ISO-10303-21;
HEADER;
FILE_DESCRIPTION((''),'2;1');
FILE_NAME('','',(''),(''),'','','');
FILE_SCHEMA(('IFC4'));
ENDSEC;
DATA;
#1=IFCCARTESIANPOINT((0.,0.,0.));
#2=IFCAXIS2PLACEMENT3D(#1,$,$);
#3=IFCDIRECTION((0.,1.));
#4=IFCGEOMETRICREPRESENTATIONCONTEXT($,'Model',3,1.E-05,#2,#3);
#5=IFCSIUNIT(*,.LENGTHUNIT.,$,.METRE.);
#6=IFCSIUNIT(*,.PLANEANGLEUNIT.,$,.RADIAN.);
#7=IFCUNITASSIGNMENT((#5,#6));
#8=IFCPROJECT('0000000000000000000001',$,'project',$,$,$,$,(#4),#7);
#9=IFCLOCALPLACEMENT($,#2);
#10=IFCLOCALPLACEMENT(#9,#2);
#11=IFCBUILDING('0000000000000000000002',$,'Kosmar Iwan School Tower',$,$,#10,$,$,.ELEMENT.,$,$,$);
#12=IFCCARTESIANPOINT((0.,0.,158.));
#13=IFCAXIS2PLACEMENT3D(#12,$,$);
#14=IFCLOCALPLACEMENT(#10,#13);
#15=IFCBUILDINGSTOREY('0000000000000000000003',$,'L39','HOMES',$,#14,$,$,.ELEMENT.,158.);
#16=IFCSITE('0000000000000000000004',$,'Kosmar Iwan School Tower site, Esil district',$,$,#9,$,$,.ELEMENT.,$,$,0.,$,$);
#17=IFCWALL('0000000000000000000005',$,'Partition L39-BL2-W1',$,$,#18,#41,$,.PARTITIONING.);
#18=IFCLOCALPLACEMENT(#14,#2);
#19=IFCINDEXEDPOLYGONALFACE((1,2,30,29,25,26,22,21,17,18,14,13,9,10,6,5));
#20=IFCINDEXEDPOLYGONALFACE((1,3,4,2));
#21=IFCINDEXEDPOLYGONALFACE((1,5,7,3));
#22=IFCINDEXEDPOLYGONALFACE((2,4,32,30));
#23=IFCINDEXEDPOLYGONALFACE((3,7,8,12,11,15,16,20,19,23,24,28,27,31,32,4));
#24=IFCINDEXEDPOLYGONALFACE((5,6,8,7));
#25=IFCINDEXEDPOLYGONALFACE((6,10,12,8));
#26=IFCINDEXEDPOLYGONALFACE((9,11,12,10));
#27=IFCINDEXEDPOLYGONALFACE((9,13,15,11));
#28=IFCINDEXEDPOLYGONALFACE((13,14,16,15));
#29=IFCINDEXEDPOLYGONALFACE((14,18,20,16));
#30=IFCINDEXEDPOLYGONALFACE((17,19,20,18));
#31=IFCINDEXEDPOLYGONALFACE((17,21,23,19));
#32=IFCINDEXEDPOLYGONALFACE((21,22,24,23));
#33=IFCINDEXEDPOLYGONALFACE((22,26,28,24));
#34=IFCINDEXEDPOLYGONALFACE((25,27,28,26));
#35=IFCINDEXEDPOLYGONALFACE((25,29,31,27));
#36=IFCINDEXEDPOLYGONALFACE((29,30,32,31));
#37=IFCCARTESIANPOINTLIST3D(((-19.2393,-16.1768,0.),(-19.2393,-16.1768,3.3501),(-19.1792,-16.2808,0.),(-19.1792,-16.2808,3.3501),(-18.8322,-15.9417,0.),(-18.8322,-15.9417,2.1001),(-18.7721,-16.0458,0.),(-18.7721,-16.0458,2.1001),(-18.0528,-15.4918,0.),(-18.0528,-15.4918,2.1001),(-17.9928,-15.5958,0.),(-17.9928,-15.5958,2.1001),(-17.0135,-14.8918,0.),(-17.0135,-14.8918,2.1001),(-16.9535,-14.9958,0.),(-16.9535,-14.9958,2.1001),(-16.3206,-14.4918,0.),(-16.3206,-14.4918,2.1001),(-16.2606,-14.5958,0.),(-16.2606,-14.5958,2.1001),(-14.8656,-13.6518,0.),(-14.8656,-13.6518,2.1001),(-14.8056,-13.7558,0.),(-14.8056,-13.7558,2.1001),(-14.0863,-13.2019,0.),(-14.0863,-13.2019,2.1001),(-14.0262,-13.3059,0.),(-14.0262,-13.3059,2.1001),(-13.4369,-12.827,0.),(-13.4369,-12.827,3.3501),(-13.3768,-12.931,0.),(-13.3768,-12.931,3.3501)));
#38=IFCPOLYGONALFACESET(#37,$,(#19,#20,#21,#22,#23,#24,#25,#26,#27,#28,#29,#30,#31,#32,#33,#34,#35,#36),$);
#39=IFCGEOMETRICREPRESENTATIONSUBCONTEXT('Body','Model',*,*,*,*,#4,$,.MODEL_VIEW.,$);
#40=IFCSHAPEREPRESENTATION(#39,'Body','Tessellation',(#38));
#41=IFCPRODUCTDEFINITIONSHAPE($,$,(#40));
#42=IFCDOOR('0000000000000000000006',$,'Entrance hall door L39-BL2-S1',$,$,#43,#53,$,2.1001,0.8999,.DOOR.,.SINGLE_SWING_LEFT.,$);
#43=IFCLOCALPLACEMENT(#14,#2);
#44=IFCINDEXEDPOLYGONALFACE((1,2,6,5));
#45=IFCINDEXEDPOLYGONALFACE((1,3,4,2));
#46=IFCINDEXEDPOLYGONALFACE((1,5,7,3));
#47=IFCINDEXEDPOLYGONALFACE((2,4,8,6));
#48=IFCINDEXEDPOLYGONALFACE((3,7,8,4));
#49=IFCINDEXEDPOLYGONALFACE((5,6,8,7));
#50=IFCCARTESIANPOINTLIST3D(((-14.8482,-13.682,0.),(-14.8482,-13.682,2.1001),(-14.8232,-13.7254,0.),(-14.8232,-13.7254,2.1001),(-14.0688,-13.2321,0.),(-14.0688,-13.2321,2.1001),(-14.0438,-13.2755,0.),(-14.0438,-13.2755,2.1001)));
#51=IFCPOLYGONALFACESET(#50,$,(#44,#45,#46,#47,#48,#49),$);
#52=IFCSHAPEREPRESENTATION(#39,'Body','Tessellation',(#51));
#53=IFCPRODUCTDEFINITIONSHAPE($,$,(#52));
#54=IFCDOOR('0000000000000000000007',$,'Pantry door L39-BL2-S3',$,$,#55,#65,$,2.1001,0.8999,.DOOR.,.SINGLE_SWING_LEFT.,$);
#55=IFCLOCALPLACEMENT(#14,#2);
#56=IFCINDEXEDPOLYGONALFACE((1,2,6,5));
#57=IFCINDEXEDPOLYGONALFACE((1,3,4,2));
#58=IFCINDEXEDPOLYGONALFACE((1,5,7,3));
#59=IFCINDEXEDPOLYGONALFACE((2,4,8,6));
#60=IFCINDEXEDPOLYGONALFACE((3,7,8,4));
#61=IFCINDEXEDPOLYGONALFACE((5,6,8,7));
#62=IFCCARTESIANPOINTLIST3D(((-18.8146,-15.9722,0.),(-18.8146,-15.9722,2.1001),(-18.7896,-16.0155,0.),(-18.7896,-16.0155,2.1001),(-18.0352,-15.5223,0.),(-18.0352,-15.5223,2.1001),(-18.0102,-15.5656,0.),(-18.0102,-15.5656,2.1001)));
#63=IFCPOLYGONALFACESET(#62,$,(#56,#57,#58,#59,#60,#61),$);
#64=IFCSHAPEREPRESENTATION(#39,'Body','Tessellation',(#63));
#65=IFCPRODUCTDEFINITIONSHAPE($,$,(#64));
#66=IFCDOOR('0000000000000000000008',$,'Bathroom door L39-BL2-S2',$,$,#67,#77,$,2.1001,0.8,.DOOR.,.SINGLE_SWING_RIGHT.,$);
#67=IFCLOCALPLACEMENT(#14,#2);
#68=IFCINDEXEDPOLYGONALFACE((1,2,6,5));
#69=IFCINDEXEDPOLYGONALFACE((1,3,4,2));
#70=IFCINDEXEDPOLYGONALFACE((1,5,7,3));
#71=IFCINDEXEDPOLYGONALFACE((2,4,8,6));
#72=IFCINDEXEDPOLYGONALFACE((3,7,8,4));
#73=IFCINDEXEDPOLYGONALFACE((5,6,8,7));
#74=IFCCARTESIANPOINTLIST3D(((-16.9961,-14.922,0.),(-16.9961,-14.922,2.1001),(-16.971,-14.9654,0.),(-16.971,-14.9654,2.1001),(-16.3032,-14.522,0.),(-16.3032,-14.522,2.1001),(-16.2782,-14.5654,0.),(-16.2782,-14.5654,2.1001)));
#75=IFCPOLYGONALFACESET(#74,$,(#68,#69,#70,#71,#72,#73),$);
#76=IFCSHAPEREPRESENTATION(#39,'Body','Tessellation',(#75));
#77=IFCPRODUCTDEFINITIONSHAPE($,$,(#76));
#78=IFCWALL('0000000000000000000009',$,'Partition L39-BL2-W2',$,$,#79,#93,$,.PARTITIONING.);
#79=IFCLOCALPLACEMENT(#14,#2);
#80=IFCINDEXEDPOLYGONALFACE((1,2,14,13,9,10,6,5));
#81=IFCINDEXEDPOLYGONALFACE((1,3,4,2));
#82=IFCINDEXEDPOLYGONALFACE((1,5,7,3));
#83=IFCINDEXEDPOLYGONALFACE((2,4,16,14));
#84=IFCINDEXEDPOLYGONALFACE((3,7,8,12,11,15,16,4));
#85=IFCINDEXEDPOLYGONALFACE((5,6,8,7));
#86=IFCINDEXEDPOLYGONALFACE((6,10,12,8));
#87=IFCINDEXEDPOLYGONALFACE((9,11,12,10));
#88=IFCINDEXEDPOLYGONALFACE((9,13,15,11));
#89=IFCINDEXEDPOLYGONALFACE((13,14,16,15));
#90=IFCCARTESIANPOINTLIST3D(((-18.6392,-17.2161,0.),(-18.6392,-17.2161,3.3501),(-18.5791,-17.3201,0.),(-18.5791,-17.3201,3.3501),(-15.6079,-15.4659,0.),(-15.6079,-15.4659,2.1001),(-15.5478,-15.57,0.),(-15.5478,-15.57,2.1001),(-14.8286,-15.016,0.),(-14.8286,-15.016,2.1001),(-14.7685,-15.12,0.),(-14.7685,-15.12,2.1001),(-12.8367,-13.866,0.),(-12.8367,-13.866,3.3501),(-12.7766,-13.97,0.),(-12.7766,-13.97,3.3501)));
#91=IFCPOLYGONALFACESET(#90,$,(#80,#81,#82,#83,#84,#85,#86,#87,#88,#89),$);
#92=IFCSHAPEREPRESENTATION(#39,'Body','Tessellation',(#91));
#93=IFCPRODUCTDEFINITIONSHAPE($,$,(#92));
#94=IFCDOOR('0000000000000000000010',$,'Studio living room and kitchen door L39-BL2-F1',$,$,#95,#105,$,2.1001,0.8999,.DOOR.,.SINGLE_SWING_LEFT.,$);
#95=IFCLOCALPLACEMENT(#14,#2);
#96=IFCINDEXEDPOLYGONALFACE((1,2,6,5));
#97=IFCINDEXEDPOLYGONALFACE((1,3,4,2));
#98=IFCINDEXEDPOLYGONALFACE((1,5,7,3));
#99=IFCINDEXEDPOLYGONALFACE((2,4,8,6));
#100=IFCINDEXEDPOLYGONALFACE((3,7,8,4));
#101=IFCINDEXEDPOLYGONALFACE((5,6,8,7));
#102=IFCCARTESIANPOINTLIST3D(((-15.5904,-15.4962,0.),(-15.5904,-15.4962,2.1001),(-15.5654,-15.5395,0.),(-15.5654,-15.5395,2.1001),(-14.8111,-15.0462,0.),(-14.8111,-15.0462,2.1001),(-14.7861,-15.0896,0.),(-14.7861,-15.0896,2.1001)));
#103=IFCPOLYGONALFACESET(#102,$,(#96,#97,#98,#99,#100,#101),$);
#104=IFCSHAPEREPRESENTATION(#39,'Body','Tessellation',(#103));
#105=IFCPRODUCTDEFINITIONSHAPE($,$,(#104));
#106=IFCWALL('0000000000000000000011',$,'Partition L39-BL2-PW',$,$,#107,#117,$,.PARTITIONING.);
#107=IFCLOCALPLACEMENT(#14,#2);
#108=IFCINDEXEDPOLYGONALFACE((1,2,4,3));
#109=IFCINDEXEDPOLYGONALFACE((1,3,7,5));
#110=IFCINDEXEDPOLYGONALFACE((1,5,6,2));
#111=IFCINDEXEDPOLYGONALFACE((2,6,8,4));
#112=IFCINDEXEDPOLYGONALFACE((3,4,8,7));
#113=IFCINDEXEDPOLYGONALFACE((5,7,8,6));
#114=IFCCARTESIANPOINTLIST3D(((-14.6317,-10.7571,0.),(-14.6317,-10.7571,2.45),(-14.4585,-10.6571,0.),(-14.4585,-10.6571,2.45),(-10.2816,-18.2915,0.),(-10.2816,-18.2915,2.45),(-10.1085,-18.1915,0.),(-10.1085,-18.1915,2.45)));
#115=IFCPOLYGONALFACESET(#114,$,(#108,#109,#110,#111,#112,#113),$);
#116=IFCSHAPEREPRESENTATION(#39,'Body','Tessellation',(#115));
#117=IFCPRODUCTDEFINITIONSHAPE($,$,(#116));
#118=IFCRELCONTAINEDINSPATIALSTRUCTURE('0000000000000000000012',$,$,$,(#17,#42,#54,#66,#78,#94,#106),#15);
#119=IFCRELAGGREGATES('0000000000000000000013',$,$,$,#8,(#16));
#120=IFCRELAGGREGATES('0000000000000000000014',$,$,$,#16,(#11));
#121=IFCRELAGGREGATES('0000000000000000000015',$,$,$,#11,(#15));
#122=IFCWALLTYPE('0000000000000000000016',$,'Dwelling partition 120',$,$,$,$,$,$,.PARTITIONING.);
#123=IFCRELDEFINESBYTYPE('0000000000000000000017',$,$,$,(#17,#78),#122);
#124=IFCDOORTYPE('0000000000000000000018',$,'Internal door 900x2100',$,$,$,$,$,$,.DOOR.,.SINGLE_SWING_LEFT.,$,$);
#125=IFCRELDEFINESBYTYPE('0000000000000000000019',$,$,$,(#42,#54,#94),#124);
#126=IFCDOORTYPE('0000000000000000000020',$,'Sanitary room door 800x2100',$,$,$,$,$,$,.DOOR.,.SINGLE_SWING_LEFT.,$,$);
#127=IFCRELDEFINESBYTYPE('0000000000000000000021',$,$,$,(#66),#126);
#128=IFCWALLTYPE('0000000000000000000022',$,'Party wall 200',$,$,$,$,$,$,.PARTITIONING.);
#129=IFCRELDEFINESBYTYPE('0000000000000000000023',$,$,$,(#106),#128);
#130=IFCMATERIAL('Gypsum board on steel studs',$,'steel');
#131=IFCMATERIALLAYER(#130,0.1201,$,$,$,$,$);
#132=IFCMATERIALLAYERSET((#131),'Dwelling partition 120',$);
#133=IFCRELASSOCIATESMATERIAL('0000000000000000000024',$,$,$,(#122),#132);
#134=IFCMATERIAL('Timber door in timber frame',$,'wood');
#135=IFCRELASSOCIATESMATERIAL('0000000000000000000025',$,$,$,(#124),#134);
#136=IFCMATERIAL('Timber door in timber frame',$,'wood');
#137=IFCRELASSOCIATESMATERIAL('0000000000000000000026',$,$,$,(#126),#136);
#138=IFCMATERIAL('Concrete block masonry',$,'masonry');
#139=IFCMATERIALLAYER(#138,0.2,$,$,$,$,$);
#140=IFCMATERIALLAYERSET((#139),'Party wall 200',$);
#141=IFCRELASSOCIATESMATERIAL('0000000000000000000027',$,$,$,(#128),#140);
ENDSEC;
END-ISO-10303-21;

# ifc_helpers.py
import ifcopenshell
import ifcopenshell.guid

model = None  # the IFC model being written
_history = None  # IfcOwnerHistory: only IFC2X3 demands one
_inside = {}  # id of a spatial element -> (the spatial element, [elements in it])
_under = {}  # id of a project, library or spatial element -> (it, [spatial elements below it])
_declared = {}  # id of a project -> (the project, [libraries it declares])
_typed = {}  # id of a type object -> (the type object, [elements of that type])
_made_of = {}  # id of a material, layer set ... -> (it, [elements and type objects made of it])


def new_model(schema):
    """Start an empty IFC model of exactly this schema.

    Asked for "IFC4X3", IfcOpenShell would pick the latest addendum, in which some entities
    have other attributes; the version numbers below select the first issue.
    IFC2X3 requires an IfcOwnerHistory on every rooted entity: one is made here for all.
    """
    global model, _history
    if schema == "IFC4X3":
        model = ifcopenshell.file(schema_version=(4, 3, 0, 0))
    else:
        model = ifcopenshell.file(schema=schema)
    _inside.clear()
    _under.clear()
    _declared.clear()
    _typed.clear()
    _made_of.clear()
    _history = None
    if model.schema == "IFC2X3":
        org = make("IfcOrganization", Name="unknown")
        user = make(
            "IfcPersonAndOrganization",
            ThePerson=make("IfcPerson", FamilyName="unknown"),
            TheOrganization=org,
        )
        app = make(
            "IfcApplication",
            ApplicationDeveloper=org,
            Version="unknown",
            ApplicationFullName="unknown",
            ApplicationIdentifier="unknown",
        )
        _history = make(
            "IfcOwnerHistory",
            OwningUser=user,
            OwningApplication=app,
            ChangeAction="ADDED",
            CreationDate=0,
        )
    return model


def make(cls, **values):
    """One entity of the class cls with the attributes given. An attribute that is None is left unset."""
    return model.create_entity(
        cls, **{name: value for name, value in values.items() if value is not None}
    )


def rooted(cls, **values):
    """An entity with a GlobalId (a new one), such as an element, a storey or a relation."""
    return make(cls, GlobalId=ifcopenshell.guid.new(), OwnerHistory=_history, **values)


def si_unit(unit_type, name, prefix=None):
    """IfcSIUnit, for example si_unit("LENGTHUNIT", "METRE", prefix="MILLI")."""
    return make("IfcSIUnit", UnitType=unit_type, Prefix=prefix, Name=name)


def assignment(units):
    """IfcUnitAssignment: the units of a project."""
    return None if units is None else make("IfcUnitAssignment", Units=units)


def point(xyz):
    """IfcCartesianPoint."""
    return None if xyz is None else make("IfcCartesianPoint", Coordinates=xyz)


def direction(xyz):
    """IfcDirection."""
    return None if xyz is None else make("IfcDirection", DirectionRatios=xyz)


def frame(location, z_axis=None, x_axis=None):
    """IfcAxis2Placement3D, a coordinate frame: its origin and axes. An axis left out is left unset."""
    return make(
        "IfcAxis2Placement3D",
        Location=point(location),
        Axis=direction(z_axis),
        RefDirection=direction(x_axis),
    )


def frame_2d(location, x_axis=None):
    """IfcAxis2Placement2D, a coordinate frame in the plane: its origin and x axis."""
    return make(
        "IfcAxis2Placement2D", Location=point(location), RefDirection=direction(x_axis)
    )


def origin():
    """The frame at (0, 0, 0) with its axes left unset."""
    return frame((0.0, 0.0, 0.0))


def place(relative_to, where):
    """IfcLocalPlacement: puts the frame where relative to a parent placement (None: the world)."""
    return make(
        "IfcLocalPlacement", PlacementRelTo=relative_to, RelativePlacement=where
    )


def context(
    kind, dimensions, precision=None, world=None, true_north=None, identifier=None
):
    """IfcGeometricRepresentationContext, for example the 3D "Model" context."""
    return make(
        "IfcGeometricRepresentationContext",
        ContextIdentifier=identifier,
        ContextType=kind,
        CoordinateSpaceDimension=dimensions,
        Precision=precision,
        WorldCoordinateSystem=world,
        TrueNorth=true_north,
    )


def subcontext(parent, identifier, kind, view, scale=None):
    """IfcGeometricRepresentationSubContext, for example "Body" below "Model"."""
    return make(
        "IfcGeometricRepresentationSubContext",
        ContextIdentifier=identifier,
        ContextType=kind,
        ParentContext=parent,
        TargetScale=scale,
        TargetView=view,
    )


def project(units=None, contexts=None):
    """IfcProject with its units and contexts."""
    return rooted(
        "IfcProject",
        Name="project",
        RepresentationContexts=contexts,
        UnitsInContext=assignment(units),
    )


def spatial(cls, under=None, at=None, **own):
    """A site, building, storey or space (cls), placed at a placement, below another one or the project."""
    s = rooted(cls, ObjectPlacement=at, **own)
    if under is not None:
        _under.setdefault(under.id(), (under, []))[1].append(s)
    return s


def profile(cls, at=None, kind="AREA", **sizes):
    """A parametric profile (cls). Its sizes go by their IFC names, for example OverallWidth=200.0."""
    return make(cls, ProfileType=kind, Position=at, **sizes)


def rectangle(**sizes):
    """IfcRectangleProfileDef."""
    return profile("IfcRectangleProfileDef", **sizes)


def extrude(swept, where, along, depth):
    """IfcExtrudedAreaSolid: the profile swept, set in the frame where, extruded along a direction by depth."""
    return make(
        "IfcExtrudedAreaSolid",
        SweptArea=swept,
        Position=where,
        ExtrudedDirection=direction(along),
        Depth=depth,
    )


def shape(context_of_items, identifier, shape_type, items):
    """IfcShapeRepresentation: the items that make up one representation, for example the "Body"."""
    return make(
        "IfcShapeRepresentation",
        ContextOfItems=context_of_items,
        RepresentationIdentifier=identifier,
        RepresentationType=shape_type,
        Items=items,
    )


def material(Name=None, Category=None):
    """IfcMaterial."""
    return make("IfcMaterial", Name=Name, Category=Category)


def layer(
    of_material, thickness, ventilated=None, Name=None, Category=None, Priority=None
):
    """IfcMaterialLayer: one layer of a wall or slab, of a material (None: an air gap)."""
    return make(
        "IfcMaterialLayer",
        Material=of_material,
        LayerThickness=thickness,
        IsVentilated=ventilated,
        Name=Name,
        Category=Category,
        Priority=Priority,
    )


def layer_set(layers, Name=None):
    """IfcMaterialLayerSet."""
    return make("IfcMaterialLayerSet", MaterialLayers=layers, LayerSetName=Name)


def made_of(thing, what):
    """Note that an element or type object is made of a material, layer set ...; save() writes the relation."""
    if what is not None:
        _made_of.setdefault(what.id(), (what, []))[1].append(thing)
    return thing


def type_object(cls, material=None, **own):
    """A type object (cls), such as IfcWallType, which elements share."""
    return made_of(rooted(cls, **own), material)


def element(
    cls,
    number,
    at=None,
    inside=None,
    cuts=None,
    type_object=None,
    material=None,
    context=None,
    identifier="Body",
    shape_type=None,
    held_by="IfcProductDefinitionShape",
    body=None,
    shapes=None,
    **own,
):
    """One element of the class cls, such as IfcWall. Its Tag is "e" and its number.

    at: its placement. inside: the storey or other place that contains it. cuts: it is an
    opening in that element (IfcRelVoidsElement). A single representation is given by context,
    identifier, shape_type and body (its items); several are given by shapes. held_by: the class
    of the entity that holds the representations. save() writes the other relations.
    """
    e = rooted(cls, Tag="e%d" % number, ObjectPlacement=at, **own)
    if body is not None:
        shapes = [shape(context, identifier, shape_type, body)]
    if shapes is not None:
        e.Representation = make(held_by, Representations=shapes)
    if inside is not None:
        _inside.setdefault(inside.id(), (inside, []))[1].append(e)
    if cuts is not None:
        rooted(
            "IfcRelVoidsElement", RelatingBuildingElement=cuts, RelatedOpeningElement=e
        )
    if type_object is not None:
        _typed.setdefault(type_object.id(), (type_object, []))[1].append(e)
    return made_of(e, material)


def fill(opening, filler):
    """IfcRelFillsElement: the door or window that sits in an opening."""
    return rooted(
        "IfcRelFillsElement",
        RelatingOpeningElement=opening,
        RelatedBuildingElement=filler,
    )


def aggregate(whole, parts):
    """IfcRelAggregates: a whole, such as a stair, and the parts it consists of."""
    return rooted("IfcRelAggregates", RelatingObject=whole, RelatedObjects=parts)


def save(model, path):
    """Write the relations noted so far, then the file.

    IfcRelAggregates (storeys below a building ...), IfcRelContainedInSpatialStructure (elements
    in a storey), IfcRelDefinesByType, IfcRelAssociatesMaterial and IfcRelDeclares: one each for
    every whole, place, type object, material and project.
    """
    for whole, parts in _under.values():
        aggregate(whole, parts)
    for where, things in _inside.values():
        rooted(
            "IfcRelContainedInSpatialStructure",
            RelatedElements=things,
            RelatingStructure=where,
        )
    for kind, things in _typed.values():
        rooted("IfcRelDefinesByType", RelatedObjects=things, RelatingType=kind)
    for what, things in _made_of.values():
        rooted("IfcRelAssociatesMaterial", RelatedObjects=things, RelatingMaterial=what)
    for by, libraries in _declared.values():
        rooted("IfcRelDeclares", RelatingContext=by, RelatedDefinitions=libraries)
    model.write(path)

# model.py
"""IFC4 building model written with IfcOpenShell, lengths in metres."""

from ifc_helpers import new_model, si_unit, direction, frame, frame_2d, origin, place, context, subcontext, project, spatial, rectangle, extrude, material, layer, layer_set, type_object, element, fill, save


model = new_model("IFC4")

# Units and contexts
model_context = context("Model", 3, precision=1e-05, world=origin(), true_north=direction((0.0, 1.0)))
body_context = subcontext(model_context, "Body", "Model", "MODEL_VIEW")
ifc_project = project(units=[si_unit("LENGTHUNIT", "METRE"), si_unit("PLANEANGLEUNIT", "RADIAN")], contexts=[model_context])

# Site, building, storey
site_placement = place(None, origin())
site = spatial("IfcSite", under=ifc_project, at=site_placement, Name="Kosmar Iwan School Tower site, Esil district", CompositionType="ELEMENT", RefElevation=0.0)
building_placement = place(site_placement, origin())
building = spatial("IfcBuilding", under=site, at=building_placement, Name="Kosmar Iwan School Tower", CompositionType="ELEMENT")
storey_placement = place(building_placement, frame((0.0, 0.0, 158.0)))
storey = spatial("IfcBuildingStorey", under=building, at=storey_placement, Name="L39", Description="HOMES", CompositionType="ELEMENT", Elevation=158.0)

# Shared definitions
ifc_material_1 = material(Name="Gypsum board on steel studs", Category="steel")
ifc_layer_1 = layer(ifc_material_1, 0.1201)
ifc_layer_set_1 = layer_set([ifc_layer_1], Name="Dwelling partition 120")
wall_type_1 = type_object("IfcWallType", Name="Dwelling partition 120", PredefinedType="PARTITIONING", material=ifc_layer_set_1)

# Wall, openings, doors
wall_1_placement = place(storey_placement, frame((-13.4067, -12.8789, 0.0), z_axis=(0.0, 0.0, 1.0), x_axis=(-0.866039, -0.499976, 0.0)))
wall_1 = element("IfcWall", 1, at=wall_1_placement, inside=storey, type_object=wall_type_1, Name="Partition L39-BL2-W1", PredefinedType="PARTITIONING", context=body_context, shape_type="SweptSolid", body=[
    extrude(rectangle(XDim=6.7, YDim=0.1201, at=frame_2d((3.3501, 0.0))), origin(), (0.0, 0.0, 1.0), 3.3501),
])
opening_1_placement = place(wall_1_placement, frame((0.75, 0.0, 0.0)))
opening_1 = element("IfcOpeningElement", 2, at=opening_1_placement, cuts=wall_1, PredefinedType="OPENING", context=body_context, shape_type="SweptSolid", body=[
    extrude(rectangle(XDim=0.8999, YDim=2.1001, at=frame_2d((0.45, 1.05))), frame((0.0, 0.072, 0.0), z_axis=(0.0, -1.0, 0.0), x_axis=(1.0, 0.0, 0.0)), (0.0, 0.0, 1.0), 0.144),
])
opening_2_placement = place(wall_1_placement, frame((3.3301, 0.0, 0.0)))
opening_2 = element("IfcOpeningElement", 3, at=opening_2_placement, cuts=wall_1, PredefinedType="OPENING", context=body_context, shape_type="SweptSolid", body=[
    extrude(rectangle(XDim=0.8, YDim=2.1001, at=frame_2d((0.3999, 1.05))), frame((0.0, 0.072, 0.0), z_axis=(0.0, -1.0, 0.0), x_axis=(1.0, 0.0, 0.0)), (0.0, 0.0, 1.0), 0.144),
])
opening_3_placement = place(wall_1_placement, frame((5.3301, 0.0, 0.0)))
opening_3 = element("IfcOpeningElement", 4, at=opening_3_placement, cuts=wall_1, PredefinedType="OPENING", context=body_context, shape_type="SweptSolid", body=[
    extrude(rectangle(XDim=0.8999, YDim=2.1001, at=frame_2d((0.45, 1.05))), frame((0.0, 0.072, 0.0), z_axis=(0.0, -1.0, 0.0), x_axis=(1.0, 0.0, 0.0)), (0.0, 0.0, 1.0), 0.144),
])
ifc_material_2 = material(Name="Timber door in timber frame", Category="wood")
door_type_1 = type_object("IfcDoorType", Name="Internal door 900x2100", OperationType="SINGLE_SWING_LEFT", PredefinedType="DOOR", material=ifc_material_2)
door_1_placement = place(opening_1_placement, origin())
door_1 = element("IfcDoor", 5, at=door_1_placement, inside=storey, type_object=door_type_1, Name="Entrance hall door L39-BL2-S1", OperationType="SINGLE_SWING_LEFT", OverallHeight=2.1001, OverallWidth=0.8999, PredefinedType="DOOR", context=body_context, shape_type="SweptSolid", body=[
    extrude(rectangle(XDim=0.8999, YDim=2.1001, at=frame_2d((0.45, 1.05))), frame((0.0, 0.0249, 0.0), z_axis=(0.0, -1.0, 0.0), x_axis=(1.0, 0.0, 0.0)), (0.0, 0.0, 1.0), 0.05),
])
fill(opening_1, door_1)
door_2_placement = place(opening_3_placement, frame((0.8999, 0.0, 0.0), z_axis=(0.0, 0.0, 1.0), x_axis=(-1.0, 0.0, 0.0)))
door_2 = element("IfcDoor", 6, at=door_2_placement, inside=storey, type_object=door_type_1, Name="Pantry door L39-BL2-S3", OperationType="SINGLE_SWING_LEFT", OverallHeight=2.1001, OverallWidth=0.8999, PredefinedType="DOOR", context=body_context, shape_type="SweptSolid", body=[
    extrude(rectangle(XDim=0.8999, YDim=2.1001, at=frame_2d((0.45, 1.05))), frame((0.0, 0.0249, 0.0), z_axis=(0.0, -1.0, 0.0), x_axis=(1.0, 0.0, 0.0)), (0.0, 0.0, 1.0), 0.05),
])
fill(opening_3, door_2)
ifc_material_3 = material(Name="Timber door in timber frame", Category="wood")
door_type_2 = type_object("IfcDoorType", Name="Sanitary room door 800x2100", OperationType="SINGLE_SWING_LEFT", PredefinedType="DOOR", material=ifc_material_3)
door_3_placement = place(opening_2_placement, origin())
door_3 = element("IfcDoor", 7, at=door_3_placement, inside=storey, type_object=door_type_2, Name="Bathroom door L39-BL2-S2", OperationType="SINGLE_SWING_RIGHT", OverallHeight=2.1001, OverallWidth=0.8, PredefinedType="DOOR", context=body_context, shape_type="SweptSolid", body=[
    extrude(rectangle(XDim=0.8, YDim=2.1001, at=frame_2d((0.3999, 1.05))), frame((0.0, 0.0249, 0.0), z_axis=(0.0, -1.0, 0.0), x_axis=(1.0, 0.0, 0.0)), (0.0, 0.0, 1.0), 0.05),
])
fill(opening_2, door_3)

# Wall, opening, door
wall_2_placement = place(storey_placement, frame((-12.8066, -13.918, 0.0), z_axis=(0.0, 0.0, 1.0), x_axis=(-0.866024, -0.500003, 0.0)))
wall_2 = element("IfcWall", 8, at=wall_2_placement, inside=storey, type_object=wall_type_1, Name="Partition L39-BL2-W2", PredefinedType="PARTITIONING", context=body_context, shape_type="SweptSolid", body=[
    extrude(rectangle(XDim=6.7002, YDim=0.1201, at=frame_2d((3.3501, 0.0))), origin(), (0.0, 0.0, 1.0), 3.3501),
])
opening_4_placement = place(wall_2_placement, frame((2.3, 0.0, 0.0)))
opening_4 = element("IfcOpeningElement", 9, at=opening_4_placement, cuts=wall_2, PredefinedType="OPENING", context=body_context, shape_type="SweptSolid", body=[
    extrude(rectangle(XDim=0.8999, YDim=2.1001, at=frame_2d((0.45, 1.05))), frame((0.0, 0.072, 0.0), z_axis=(0.0, -1.0, 0.0), x_axis=(1.0, 0.0, 0.0)), (0.0, 0.0, 1.0), 0.144),
])
door_4_placement = place(opening_4_placement, origin())
door_4 = element("IfcDoor", 10, at=door_4_placement, inside=storey, type_object=door_type_1, Name="Studio living room and kitchen door L39-BL2-F1", OperationType="SINGLE_SWING_LEFT", OverallHeight=2.1001, OverallWidth=0.8999, PredefinedType="DOOR", context=body_context, shape_type="SweptSolid", body=[
    extrude(rectangle(XDim=0.8999, YDim=2.1001, at=frame_2d((0.45, 1.05))), frame((0.0, 0.0249, 0.0), z_axis=(0.0, -1.0, 0.0), x_axis=(1.0, 0.0, 0.0)), (0.0, 0.0, 1.0), 0.05),
])
fill(opening_4, door_4)

# Wall
ifc_material_4 = material(Name="Concrete block masonry", Category="masonry")
ifc_layer_2 = layer(ifc_material_4, 0.2)
ifc_layer_set_2 = layer_set([ifc_layer_2], Name="Party wall 200")
wall_type_2 = type_object("IfcWallType", Name="Party wall 200", PredefinedType="PARTITIONING", material=ifc_layer_set_2)
wall_3_placement = place(storey_placement, frame((-14.5452, -10.707, 0.0), z_axis=(0.0, 0.0, 1.0), x_axis=(0.500008, -0.866021, 0.0)))
element("IfcWall", 11, at=wall_3_placement, inside=storey, type_object=wall_type_2, Name="Partition L39-BL2-PW", PredefinedType="PARTITIONING", context=body_context, shape_type="SweptSolid", body=[
    extrude(rectangle(XDim=8.7, YDim=0.2, at=frame_2d((4.3501, 0.0))), origin(), (0.0, 0.0, 1.0), 2.45),
])

save(model, "model.ifc")
